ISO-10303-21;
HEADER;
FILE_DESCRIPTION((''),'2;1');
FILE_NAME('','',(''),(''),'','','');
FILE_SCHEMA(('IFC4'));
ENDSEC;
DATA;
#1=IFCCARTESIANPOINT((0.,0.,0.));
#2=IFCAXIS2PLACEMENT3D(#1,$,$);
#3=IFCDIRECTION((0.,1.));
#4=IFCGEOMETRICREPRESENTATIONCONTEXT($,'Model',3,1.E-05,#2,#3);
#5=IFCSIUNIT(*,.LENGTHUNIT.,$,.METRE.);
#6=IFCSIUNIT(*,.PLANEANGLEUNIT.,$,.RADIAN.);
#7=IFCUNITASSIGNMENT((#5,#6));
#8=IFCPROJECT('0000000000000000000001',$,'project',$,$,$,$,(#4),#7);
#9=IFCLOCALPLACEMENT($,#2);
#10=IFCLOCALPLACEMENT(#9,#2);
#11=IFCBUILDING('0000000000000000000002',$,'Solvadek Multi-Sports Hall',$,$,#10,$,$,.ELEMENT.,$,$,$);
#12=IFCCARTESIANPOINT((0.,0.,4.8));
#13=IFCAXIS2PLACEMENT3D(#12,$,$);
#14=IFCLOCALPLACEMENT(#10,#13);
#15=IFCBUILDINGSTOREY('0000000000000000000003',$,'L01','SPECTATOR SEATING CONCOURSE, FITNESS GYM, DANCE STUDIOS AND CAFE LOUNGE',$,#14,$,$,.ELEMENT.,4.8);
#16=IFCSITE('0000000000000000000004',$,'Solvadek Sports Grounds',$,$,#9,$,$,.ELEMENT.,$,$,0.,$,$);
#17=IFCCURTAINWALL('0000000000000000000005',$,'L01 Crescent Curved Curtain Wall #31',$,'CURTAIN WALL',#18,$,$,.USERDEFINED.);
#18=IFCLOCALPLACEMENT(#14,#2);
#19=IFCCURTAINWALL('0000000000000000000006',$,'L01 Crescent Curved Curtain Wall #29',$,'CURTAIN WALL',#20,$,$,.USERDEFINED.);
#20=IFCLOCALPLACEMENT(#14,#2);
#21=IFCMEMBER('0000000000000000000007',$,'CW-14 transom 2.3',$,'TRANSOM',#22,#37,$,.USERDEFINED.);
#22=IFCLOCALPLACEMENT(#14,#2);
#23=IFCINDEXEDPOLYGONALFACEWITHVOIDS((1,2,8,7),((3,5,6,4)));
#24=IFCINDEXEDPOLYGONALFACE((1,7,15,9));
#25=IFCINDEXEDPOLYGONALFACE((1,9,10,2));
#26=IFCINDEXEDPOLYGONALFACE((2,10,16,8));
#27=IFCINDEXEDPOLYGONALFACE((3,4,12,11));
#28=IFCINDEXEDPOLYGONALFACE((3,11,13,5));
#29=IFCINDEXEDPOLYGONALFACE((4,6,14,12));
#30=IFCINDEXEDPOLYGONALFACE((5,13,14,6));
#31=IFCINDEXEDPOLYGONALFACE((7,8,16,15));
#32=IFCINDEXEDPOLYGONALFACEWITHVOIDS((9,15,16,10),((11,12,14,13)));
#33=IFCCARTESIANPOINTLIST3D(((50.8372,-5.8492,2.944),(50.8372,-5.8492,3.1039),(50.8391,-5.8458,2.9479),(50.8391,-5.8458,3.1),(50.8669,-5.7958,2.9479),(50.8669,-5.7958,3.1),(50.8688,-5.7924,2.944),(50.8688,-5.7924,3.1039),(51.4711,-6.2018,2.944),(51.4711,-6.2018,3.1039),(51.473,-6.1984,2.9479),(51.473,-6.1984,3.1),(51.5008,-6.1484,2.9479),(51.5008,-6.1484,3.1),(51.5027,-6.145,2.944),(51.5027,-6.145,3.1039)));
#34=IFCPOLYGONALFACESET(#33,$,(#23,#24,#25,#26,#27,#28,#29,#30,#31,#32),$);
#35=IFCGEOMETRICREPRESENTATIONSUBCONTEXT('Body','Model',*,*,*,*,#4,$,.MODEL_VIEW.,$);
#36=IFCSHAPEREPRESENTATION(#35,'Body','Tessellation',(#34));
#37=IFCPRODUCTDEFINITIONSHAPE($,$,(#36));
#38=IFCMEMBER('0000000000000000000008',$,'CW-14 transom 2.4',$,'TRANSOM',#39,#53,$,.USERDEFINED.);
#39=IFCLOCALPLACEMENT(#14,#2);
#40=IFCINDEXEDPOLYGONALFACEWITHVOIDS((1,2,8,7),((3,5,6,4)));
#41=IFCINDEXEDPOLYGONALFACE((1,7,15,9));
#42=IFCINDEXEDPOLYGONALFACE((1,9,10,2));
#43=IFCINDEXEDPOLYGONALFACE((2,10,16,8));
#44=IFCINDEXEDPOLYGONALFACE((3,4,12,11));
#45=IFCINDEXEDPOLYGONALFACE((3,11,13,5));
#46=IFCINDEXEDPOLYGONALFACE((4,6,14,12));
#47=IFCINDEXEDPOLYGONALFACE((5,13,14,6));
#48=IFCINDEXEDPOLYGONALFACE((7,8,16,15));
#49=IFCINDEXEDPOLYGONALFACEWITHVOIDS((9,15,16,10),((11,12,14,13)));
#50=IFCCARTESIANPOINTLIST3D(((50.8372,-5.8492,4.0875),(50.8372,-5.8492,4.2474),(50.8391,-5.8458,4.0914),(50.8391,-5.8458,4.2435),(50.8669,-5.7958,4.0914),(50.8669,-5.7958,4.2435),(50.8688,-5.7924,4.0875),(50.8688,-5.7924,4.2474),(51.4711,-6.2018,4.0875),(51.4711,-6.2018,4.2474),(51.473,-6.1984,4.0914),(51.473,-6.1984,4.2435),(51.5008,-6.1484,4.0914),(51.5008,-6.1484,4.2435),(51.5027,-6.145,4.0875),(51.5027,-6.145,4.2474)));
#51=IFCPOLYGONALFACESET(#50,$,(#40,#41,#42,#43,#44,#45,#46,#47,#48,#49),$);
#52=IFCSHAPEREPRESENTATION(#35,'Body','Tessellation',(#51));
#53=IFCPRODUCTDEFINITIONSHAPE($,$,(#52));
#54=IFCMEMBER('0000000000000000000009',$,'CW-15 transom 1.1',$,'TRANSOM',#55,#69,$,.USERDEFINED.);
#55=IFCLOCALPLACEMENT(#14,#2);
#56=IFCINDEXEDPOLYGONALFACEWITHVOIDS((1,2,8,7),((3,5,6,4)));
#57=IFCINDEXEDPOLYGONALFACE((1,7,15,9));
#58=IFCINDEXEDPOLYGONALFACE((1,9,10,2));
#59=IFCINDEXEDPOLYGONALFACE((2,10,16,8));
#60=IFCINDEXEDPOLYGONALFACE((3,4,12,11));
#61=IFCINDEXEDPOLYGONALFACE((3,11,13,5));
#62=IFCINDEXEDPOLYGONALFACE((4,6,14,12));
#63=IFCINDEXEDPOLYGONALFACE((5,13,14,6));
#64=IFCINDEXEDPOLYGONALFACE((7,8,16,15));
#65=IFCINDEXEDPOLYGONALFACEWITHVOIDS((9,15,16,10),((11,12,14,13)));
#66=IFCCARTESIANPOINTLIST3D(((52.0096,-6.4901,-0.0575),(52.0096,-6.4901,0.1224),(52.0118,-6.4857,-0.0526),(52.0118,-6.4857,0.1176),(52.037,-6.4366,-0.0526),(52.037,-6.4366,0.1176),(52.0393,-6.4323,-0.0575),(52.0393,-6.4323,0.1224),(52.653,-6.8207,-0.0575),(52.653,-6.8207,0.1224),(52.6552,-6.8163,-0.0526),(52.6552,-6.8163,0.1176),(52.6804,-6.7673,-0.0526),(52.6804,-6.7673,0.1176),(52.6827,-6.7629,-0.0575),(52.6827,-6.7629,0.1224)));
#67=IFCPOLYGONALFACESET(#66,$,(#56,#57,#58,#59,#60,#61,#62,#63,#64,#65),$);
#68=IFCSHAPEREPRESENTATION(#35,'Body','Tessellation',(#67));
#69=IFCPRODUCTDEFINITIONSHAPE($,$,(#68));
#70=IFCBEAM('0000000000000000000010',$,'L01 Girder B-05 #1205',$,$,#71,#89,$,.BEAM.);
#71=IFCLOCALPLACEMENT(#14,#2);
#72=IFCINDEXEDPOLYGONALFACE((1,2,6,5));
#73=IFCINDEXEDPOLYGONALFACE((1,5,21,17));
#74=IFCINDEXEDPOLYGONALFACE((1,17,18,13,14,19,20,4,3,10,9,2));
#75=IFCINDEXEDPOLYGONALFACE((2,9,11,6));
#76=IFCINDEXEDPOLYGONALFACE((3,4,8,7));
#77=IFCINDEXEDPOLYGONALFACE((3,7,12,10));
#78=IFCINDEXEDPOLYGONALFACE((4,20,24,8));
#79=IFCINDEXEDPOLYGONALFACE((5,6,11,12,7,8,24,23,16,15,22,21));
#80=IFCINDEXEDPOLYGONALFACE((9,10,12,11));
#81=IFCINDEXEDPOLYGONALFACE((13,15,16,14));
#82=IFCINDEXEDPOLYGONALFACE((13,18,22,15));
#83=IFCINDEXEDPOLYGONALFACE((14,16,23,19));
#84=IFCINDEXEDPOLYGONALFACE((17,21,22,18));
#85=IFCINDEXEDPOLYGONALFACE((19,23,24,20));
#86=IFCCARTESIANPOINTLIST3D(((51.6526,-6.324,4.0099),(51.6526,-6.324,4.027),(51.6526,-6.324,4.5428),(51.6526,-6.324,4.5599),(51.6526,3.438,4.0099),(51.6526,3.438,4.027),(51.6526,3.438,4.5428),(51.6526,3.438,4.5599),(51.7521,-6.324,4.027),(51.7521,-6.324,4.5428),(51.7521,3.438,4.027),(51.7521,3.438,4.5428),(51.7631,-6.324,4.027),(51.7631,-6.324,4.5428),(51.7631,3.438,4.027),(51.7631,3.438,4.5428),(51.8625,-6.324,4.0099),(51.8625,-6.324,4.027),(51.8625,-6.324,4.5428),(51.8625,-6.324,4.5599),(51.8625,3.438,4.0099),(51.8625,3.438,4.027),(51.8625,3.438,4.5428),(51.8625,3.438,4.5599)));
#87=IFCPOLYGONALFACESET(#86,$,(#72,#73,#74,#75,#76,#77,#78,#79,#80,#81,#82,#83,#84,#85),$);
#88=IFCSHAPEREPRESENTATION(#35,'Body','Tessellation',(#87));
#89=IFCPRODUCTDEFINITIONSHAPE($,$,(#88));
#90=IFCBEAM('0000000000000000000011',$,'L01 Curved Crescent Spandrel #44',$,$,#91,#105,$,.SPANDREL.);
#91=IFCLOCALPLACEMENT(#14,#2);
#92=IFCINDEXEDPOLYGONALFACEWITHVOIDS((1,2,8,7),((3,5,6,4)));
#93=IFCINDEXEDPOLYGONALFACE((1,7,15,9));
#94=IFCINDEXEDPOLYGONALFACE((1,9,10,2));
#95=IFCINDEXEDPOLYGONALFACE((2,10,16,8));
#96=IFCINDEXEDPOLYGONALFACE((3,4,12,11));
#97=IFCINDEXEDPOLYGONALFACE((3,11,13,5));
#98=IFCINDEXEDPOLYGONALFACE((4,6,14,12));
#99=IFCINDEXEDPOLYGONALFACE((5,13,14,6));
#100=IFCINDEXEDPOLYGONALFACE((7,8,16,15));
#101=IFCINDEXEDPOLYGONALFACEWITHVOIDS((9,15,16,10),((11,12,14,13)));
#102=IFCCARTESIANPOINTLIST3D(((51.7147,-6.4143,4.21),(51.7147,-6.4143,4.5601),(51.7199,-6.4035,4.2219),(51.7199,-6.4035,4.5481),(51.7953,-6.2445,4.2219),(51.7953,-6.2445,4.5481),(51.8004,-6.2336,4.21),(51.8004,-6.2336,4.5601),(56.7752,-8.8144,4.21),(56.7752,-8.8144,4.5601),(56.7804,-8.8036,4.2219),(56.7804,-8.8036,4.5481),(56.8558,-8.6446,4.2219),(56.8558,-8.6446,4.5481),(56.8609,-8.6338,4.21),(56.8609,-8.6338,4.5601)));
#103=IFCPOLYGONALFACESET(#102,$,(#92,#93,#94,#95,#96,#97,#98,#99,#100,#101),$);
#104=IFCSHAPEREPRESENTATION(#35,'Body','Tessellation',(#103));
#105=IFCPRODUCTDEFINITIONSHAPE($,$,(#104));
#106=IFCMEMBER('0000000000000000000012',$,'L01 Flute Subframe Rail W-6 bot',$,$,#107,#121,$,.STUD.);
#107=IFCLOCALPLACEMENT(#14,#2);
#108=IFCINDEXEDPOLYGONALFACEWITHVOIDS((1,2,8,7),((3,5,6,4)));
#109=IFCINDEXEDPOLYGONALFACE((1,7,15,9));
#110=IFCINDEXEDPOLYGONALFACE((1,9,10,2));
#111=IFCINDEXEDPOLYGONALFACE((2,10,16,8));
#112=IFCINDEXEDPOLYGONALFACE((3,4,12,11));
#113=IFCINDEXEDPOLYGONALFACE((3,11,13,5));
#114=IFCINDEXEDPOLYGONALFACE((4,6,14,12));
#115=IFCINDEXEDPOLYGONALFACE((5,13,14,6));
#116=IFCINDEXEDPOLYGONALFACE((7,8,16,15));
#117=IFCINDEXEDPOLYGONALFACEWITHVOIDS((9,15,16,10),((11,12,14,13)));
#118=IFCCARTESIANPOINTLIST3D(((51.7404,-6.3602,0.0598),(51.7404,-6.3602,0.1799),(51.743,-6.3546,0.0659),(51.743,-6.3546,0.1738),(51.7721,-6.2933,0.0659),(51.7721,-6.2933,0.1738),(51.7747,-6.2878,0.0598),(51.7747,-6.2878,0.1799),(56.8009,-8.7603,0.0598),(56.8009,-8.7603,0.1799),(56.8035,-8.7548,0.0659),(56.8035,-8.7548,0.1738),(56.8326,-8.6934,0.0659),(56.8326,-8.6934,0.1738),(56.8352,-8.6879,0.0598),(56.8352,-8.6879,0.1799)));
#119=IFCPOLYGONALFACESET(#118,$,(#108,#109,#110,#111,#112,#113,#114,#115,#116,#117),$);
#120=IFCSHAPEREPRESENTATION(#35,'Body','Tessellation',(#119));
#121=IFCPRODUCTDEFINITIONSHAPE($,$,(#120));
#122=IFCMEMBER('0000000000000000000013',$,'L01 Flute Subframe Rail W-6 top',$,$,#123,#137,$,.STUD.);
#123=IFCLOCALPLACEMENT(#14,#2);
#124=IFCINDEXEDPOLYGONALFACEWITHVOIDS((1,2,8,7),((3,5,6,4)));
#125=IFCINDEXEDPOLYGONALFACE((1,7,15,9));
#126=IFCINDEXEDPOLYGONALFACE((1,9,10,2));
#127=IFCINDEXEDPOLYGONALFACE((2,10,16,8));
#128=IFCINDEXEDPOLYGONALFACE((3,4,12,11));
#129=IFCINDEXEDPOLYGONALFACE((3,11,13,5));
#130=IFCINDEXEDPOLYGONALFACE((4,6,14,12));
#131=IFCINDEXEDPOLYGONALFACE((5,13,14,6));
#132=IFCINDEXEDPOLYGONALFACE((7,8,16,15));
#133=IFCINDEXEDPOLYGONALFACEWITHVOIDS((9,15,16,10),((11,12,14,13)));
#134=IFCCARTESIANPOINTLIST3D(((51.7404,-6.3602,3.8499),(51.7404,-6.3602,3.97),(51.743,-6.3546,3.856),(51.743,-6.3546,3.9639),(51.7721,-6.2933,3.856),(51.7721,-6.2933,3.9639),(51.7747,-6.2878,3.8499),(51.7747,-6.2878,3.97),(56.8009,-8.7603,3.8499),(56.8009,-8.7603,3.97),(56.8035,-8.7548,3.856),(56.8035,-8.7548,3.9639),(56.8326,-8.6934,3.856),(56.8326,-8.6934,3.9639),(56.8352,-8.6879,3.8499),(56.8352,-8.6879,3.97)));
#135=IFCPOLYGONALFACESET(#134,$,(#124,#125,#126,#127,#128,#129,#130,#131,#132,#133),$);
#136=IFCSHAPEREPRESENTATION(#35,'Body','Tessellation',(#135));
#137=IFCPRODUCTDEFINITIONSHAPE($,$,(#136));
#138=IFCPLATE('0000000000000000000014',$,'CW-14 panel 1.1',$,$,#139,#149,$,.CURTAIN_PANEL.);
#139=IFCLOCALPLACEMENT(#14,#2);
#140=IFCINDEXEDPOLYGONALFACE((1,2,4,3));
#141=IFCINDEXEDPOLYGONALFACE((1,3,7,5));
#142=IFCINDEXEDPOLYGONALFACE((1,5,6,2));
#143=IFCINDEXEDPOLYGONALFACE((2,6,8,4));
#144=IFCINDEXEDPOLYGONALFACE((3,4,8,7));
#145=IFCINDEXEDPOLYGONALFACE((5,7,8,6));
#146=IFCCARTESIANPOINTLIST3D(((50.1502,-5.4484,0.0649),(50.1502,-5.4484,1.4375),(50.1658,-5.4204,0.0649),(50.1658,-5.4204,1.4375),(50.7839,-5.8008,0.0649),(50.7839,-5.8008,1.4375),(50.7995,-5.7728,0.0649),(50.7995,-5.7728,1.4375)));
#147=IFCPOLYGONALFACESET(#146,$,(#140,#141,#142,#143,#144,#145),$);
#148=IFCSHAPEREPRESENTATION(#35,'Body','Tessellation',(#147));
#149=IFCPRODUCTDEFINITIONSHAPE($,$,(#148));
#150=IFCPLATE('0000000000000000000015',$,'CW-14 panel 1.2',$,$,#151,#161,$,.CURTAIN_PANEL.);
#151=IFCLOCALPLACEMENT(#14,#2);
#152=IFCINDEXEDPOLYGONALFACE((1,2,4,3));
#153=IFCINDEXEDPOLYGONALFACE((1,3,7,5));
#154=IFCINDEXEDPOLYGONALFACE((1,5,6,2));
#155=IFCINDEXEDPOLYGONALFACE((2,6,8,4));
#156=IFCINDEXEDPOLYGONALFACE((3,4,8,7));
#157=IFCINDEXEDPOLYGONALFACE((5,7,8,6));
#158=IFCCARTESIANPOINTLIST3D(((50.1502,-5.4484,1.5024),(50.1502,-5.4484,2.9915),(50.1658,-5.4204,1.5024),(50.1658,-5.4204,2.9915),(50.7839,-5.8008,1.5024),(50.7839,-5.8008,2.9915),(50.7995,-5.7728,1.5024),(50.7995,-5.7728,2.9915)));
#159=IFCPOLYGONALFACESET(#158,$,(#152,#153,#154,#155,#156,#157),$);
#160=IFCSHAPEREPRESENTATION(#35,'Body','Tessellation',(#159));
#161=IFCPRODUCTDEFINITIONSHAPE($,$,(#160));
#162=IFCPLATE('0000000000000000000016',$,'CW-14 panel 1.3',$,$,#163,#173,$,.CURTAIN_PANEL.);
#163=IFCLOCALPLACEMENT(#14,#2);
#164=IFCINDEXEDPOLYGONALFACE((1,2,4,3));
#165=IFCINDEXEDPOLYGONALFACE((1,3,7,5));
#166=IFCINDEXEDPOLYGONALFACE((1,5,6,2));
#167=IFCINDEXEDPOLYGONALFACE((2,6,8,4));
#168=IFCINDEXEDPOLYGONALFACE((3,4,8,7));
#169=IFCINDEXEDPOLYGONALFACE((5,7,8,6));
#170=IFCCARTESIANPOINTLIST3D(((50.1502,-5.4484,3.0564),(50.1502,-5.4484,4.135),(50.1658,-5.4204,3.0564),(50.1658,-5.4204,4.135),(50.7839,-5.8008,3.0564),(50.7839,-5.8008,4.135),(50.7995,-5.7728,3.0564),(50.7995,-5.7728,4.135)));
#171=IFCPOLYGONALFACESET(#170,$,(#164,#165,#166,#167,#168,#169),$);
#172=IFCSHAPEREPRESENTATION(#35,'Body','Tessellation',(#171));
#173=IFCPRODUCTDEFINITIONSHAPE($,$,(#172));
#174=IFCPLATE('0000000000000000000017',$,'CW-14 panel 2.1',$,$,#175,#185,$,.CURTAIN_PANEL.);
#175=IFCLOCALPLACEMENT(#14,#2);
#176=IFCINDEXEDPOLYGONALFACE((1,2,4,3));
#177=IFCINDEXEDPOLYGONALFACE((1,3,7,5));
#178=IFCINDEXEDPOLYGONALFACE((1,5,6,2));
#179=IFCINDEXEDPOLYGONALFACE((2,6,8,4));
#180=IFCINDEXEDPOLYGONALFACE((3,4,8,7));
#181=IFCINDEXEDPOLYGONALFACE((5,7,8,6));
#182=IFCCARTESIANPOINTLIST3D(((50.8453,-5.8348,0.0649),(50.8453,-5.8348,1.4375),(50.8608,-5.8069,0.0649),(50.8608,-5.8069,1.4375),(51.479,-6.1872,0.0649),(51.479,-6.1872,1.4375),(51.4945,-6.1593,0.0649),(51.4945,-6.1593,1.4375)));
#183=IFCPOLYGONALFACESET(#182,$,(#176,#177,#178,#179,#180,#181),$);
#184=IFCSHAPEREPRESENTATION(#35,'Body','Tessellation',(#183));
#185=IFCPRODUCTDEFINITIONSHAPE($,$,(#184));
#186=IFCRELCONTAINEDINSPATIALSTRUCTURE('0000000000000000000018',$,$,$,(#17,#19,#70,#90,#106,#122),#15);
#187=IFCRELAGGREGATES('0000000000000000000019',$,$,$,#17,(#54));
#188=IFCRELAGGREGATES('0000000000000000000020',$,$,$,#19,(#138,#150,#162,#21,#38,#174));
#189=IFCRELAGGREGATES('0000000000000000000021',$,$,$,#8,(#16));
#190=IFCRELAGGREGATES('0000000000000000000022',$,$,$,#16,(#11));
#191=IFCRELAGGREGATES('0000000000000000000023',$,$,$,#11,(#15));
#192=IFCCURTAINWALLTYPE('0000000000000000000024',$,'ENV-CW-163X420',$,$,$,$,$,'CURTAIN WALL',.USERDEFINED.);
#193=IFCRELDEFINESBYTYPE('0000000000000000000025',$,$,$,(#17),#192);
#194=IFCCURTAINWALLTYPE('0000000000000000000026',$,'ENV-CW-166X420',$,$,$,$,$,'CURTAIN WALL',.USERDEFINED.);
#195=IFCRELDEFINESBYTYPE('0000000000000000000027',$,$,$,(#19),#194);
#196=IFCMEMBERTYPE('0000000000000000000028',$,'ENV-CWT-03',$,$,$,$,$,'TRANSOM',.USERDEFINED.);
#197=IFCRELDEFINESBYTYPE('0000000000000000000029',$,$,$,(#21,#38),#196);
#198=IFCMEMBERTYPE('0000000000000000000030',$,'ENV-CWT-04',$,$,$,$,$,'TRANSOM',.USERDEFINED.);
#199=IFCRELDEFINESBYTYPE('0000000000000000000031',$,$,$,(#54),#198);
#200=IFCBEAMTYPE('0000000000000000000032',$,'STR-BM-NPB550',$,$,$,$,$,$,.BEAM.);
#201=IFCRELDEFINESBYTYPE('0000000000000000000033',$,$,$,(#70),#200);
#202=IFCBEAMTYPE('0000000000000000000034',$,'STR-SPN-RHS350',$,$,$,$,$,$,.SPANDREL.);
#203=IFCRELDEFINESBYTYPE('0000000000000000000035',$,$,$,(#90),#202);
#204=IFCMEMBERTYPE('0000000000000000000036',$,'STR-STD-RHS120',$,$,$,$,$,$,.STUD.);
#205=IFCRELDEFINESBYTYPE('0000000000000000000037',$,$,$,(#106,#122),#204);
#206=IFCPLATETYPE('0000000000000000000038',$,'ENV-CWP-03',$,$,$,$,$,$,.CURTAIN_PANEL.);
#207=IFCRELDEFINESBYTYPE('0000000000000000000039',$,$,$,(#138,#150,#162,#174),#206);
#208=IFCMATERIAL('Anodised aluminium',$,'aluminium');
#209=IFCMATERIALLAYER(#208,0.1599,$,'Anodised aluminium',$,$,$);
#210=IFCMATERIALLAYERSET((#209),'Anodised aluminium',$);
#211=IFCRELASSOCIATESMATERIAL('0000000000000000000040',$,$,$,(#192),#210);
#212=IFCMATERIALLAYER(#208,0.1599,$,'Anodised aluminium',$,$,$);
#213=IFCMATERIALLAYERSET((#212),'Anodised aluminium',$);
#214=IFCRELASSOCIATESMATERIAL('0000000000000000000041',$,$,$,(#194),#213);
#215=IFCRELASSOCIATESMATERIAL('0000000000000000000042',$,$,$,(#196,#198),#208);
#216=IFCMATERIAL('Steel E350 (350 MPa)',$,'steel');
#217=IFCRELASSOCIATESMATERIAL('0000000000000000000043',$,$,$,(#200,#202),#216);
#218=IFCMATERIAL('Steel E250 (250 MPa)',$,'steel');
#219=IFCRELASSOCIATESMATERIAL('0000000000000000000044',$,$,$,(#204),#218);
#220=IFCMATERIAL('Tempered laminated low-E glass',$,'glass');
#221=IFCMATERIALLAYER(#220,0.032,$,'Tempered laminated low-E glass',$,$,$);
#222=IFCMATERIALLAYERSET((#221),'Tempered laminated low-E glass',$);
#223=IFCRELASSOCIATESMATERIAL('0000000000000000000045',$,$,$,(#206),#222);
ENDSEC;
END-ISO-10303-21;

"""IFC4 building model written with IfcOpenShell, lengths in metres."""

from ifc_helpers import new_model, si_unit, direction, frame, origin, origin_2d, place, context, subcontext, project, spatial, rectangle, hollow_rectangle, i_section, extrude, material, layer, layer_set, material_profile, profile_set, type_object, element, aggregate, save


model = new_model("IFC4")

# Units and contexts
model_context = context("Model", 3, precision=1e-05, world=origin(), true_north=direction((0.0, 1.0)))
body_context = subcontext(model_context, "Body", "Model", "MODEL_VIEW")
ifc_project = project(units=[si_unit("LENGTHUNIT", "METRE"), si_unit("PLANEANGLEUNIT", "RADIAN")], contexts=[model_context])

# Site, building, storey
site_placement = place(None, origin())
site = spatial("IfcSite", under=ifc_project, at=site_placement, Name="Solvadek Sports Grounds", CompositionType="ELEMENT", RefElevation=0.0)
building_placement = place(site_placement, origin())
building = spatial("IfcBuilding", under=site, at=building_placement, Name="Solvadek Multi-Sports Hall", CompositionType="ELEMENT")
storey_placement = place(building_placement, frame((0.0, 0.0, 4.8)))
storey = spatial("IfcBuildingStorey", under=building, at=storey_placement, Name="L01", Description="SPECTATOR SEATING CONCOURSE, FITNESS GYM, DANCE STUDIOS AND CAFE LOUNGE", CompositionType="ELEMENT", Elevation=4.8)

# Shared definitions
ifc_material_1 = material(Name="Steel E350 (350 MPa)", Category="steel")

# Curtain wall
ifc_material_2 = material(Name="Anodised aluminium", Category="aluminium")
ifc_layer_1 = layer(ifc_material_2, 0.1599, Name="Anodised aluminium")
ifc_layer_set_1 = layer_set([ifc_layer_1], Name="Anodised aluminium")
curtain_wall_type_1 = type_object("IfcCurtainWallType", Name="ENV-CW-163X420", ElementType="CURTAIN WALL", PredefinedType="USERDEFINED", material=ifc_layer_set_1)
curtain_wall_1_placement = place(storey_placement, origin())
curtain_wall_1 = element("IfcCurtainWall", 1, at=curtain_wall_1_placement, inside=storey, type_object=curtain_wall_type_1, Name="L01 Crescent Curved Curtain Wall #31", ObjectType="CURTAIN WALL", PredefinedType="USERDEFINED")

# Curtain wall, members
ifc_layer_2 = layer(ifc_material_2, 0.1599, Name="Anodised aluminium")
ifc_layer_set_2 = layer_set([ifc_layer_2], Name="Anodised aluminium")
curtain_wall_type_2 = type_object("IfcCurtainWallType", Name="ENV-CW-166X420", ElementType="CURTAIN WALL", PredefinedType="USERDEFINED", material=ifc_layer_set_2)
curtain_wall_2_placement = place(storey_placement, origin())
curtain_wall_2 = element("IfcCurtainWall", 2, at=curtain_wall_2_placement, inside=storey, type_object=curtain_wall_type_2, Name="L01 Crescent Curved Curtain Wall #29", ObjectType="CURTAIN WALL", PredefinedType="USERDEFINED")
ifc_material_profile_1 = material_profile(ifc_material_2, hollow_rectangle(XDim=0.0649, YDim=0.1599, WallThickness=0.0039, at=origin_2d()), Name="ALU-T 160x65x4")
ifc_profile_set_1 = profile_set([ifc_material_profile_1], Name="Anodised aluminium")
member_type_1 = type_object("IfcMemberType", Name="ENV-CWT-03", ElementType="TRANSOM", PredefinedType="USERDEFINED", material=ifc_profile_set_1)
member_1_placement = place(storey_placement, frame((50.853, -5.8208, 3.0239), z_axis=(0.873903, -0.4861, 0.0), x_axis=(0.4861, 0.873903, 0.0)))
member_1 = element("IfcMember", 3, at=member_1_placement, type_object=member_type_1, Name="CW-14 transom 2.3", ObjectType="TRANSOM", PredefinedType="USERDEFINED", context=body_context, shape_type="SweptSolid", body=[
    extrude(hollow_rectangle(XDim=0.0649, YDim=0.1599, WallThickness=0.0039, at=origin_2d()), origin(), (0.0, 0.0, 1.0), 0.7253),
])
member_2_placement = place(storey_placement, frame((50.853, -5.8208, 4.1675), z_axis=(0.873903, -0.4861, 0.0), x_axis=(0.4861, 0.873903, 0.0)))
member_2 = element("IfcMember", 4, at=member_2_placement, type_object=member_type_1, Name="CW-14 transom 2.4", ObjectType="TRANSOM", PredefinedType="USERDEFINED", context=body_context, shape_type="SweptSolid", body=[
    extrude(hollow_rectangle(XDim=0.0649, YDim=0.1599, WallThickness=0.0039, at=origin_2d()), origin(), (0.0, 0.0, 1.0), 0.7253),
])

# Member
ifc_material_profile_2 = material_profile(ifc_material_2, hollow_rectangle(XDim=0.0649, YDim=0.1799, WallThickness=0.0049, at=origin_2d()), Name="ALU-T 180x65x5")
ifc_profile_set_2 = profile_set([ifc_material_profile_2], Name="Anodised aluminium")
member_type_2 = type_object("IfcMemberType", Name="ENV-CWT-04", ElementType="TRANSOM", PredefinedType="USERDEFINED", material=ifc_profile_set_2)
member_3_placement = place(storey_placement, frame((52.0244, -6.4612, 0.0325), z_axis=(0.889445, -0.457043, 0.0), x_axis=(0.457043, 0.889445, 0.0)))
member_3 = element("IfcMember", 5, at=member_3_placement, type_object=member_type_2, Name="CW-15 transom 1.1", ObjectType="TRANSOM", PredefinedType="USERDEFINED", context=body_context, shape_type="SweptSolid", body=[
    extrude(hollow_rectangle(XDim=0.0649, YDim=0.1799, WallThickness=0.0049, at=origin_2d()), origin(), (0.0, 0.0, 1.0), 0.7234),
])
aggregate(curtain_wall_1, [member_3])

# Beams
ifc_material_profile_3 = material_profile(ifc_material_1, i_section(OverallWidth=0.21, OverallDepth=0.55, WebThickness=0.011, FlangeThickness=0.0171, at=origin_2d()), Name="NPB 550")
ifc_profile_set_3 = profile_set([ifc_material_profile_3], Name="Steel E350 (350 MPa)")
beam_type_1 = type_object("IfcBeamType", Name="STR-BM-NPB550", PredefinedType="BEAM", material=ifc_profile_set_3)
beam_1_placement = place(storey_placement, frame((51.7576, -6.324, 4.2849), z_axis=(0.0, 1.0, 0.0), x_axis=(-1.0, 0.0, 0.0)))
element("IfcBeam", 6, at=beam_1_placement, inside=storey, type_object=beam_type_1, Name="L01 Girder B-05 #1205", PredefinedType="BEAM", context=body_context, shape_type="SweptSolid", body=[
    extrude(i_section(OverallWidth=0.21, OverallDepth=0.55, WebThickness=0.011, FlangeThickness=0.0171, at=origin_2d()), origin(), (0.0, 0.0, 1.0), 9.762),
])
ifc_material_profile_4 = material_profile(ifc_material_1, hollow_rectangle(XDim=0.2, YDim=0.3501, WallThickness=0.012, at=origin_2d()), Name="RHS 350x200x12")
ifc_profile_set_4 = profile_set([ifc_material_profile_4], Name="Steel E350 (350 MPa)")
beam_type_2 = type_object("IfcBeamType", Name="STR-SPN-RHS350", PredefinedType="SPANDREL", material=ifc_profile_set_4)
beam_2_placement = place(storey_placement, frame((51.7576, -6.324, 4.385), z_axis=(0.903527, -0.42853, 0.0), x_axis=(0.42853, 0.903527, 0.0)))
element("IfcBeam", 7, at=beam_2_placement, inside=storey, type_object=beam_type_2, Name="L01 Curved Crescent Spandrel #44", PredefinedType="SPANDREL", context=body_context, shape_type="SweptSolid", body=[
    extrude(hollow_rectangle(XDim=0.2, YDim=0.3501, WallThickness=0.012, at=origin_2d()), origin(), (0.0, 0.0, 1.0), 5.6008),
])

# Members
ifc_material_3 = material(Name="Steel E250 (250 MPa)", Category="steel")
ifc_material_profile_5 = material_profile(ifc_material_3, hollow_rectangle(XDim=0.0801, YDim=0.1201, WallThickness=0.0061, at=origin_2d()), Name="RHS 120x80x6")
ifc_profile_set_5 = profile_set([ifc_material_profile_5], Name="Steel E250 (250 MPa)")
member_type_3 = type_object("IfcMemberType", Name="STR-STD-RHS120", PredefinedType="STUD", material=ifc_profile_set_5)
for number, where, z_axis, x_axis, name in (
    (8, (51.7576, -6.324, 0.1199), (0.903527, -0.42853, 0.0), (0.42853, 0.903527, 0.0), "L01 Flute Subframe Rail W-6 bot"),
    (9, (51.7576, -6.324, 3.9099), (0.903527, -0.42853, 0.0), (0.42853, 0.903527, 0.0), "L01 Flute Subframe Rail W-6 top"),
):
    element("IfcMember", number, at=place(storey_placement, frame(where, z_axis=z_axis, x_axis=x_axis)), inside=storey, type_object=member_type_3, Name=name, PredefinedType="STUD", context=body_context, shape_type="SweptSolid", body=[
        extrude(hollow_rectangle(XDim=0.0801, YDim=0.1201, WallThickness=0.0061, at=origin_2d()), origin(), (0.0, 0.0, 1.0), 5.6008),
    ])

# Plates
ifc_material_4 = material(Name="Tempered laminated low-E glass", Category="glass")
ifc_layer_3 = layer(ifc_material_4, 0.032, Name="Tempered laminated low-E glass")
ifc_layer_set_3 = layer_set([ifc_layer_3], Name="Tempered laminated low-E glass")
plate_type_1 = type_object("IfcPlateType", Name="ENV-CWP-03", PredefinedType="CURTAIN_PANEL", material=ifc_layer_set_3)
plate_1_placement = place(storey_placement, frame((50.4749, -5.6106, 0.0649), z_axis=(0.0, 0.0, 1.0), x_axis=(0.873955, -0.486006, 0.0)))
plate_1 = element("IfcPlate", 10, at=plate_1_placement, type_object=plate_type_1, Name="CW-14 panel 1.1", PredefinedType="CURTAIN_PANEL", context=body_context, shape_type="SweptSolid", body=[
    extrude(rectangle(XDim=0.7251, YDim=0.032, at=origin_2d()), origin(), (0.0, 0.0, 1.0), 1.3726),
])
plate_2_placement = place(storey_placement, frame((50.4749, -5.6106, 1.5024), z_axis=(0.0, 0.0, 1.0), x_axis=(0.873955, -0.486006, 0.0)))
plate_2 = element("IfcPlate", 11, at=plate_2_placement, type_object=plate_type_1, Name="CW-14 panel 1.2", PredefinedType="CURTAIN_PANEL", context=body_context, shape_type="SweptSolid", body=[
    extrude(rectangle(XDim=0.7251, YDim=0.032, at=origin_2d()), origin(), (0.0, 0.0, 1.0), 1.489),
])
plate_3_placement = place(storey_placement, frame((50.4749, -5.6106, 3.0564), z_axis=(0.0, 0.0, 1.0), x_axis=(0.873955, -0.486006, 0.0)))
plate_3 = element("IfcPlate", 12, at=plate_3_placement, type_object=plate_type_1, Name="CW-14 panel 1.3", PredefinedType="CURTAIN_PANEL", context=body_context, shape_type="SweptSolid", body=[
    extrude(rectangle(XDim=0.7251, YDim=0.032, at=origin_2d()), origin(), (0.0, 0.0, 1.0), 1.0786),
])
plate_4_placement = place(storey_placement, frame((51.1699, -5.9971, 0.0649), z_axis=(0.0, 0.0, 1.0), x_axis=(0.873955, -0.486006, 0.0)))
plate_4 = element("IfcPlate", 13, at=plate_4_placement, type_object=plate_type_1, Name="CW-14 panel 2.1", PredefinedType="CURTAIN_PANEL", context=body_context, shape_type="SweptSolid", body=[
    extrude(rectangle(XDim=0.7251, YDim=0.032, at=origin_2d()), origin(), (0.0, 0.0, 1.0), 1.3726),
])
aggregate(curtain_wall_2, [plate_1, plate_2, plate_3, member_1, member_2, plate_4])

save(model, "model.ifc")
